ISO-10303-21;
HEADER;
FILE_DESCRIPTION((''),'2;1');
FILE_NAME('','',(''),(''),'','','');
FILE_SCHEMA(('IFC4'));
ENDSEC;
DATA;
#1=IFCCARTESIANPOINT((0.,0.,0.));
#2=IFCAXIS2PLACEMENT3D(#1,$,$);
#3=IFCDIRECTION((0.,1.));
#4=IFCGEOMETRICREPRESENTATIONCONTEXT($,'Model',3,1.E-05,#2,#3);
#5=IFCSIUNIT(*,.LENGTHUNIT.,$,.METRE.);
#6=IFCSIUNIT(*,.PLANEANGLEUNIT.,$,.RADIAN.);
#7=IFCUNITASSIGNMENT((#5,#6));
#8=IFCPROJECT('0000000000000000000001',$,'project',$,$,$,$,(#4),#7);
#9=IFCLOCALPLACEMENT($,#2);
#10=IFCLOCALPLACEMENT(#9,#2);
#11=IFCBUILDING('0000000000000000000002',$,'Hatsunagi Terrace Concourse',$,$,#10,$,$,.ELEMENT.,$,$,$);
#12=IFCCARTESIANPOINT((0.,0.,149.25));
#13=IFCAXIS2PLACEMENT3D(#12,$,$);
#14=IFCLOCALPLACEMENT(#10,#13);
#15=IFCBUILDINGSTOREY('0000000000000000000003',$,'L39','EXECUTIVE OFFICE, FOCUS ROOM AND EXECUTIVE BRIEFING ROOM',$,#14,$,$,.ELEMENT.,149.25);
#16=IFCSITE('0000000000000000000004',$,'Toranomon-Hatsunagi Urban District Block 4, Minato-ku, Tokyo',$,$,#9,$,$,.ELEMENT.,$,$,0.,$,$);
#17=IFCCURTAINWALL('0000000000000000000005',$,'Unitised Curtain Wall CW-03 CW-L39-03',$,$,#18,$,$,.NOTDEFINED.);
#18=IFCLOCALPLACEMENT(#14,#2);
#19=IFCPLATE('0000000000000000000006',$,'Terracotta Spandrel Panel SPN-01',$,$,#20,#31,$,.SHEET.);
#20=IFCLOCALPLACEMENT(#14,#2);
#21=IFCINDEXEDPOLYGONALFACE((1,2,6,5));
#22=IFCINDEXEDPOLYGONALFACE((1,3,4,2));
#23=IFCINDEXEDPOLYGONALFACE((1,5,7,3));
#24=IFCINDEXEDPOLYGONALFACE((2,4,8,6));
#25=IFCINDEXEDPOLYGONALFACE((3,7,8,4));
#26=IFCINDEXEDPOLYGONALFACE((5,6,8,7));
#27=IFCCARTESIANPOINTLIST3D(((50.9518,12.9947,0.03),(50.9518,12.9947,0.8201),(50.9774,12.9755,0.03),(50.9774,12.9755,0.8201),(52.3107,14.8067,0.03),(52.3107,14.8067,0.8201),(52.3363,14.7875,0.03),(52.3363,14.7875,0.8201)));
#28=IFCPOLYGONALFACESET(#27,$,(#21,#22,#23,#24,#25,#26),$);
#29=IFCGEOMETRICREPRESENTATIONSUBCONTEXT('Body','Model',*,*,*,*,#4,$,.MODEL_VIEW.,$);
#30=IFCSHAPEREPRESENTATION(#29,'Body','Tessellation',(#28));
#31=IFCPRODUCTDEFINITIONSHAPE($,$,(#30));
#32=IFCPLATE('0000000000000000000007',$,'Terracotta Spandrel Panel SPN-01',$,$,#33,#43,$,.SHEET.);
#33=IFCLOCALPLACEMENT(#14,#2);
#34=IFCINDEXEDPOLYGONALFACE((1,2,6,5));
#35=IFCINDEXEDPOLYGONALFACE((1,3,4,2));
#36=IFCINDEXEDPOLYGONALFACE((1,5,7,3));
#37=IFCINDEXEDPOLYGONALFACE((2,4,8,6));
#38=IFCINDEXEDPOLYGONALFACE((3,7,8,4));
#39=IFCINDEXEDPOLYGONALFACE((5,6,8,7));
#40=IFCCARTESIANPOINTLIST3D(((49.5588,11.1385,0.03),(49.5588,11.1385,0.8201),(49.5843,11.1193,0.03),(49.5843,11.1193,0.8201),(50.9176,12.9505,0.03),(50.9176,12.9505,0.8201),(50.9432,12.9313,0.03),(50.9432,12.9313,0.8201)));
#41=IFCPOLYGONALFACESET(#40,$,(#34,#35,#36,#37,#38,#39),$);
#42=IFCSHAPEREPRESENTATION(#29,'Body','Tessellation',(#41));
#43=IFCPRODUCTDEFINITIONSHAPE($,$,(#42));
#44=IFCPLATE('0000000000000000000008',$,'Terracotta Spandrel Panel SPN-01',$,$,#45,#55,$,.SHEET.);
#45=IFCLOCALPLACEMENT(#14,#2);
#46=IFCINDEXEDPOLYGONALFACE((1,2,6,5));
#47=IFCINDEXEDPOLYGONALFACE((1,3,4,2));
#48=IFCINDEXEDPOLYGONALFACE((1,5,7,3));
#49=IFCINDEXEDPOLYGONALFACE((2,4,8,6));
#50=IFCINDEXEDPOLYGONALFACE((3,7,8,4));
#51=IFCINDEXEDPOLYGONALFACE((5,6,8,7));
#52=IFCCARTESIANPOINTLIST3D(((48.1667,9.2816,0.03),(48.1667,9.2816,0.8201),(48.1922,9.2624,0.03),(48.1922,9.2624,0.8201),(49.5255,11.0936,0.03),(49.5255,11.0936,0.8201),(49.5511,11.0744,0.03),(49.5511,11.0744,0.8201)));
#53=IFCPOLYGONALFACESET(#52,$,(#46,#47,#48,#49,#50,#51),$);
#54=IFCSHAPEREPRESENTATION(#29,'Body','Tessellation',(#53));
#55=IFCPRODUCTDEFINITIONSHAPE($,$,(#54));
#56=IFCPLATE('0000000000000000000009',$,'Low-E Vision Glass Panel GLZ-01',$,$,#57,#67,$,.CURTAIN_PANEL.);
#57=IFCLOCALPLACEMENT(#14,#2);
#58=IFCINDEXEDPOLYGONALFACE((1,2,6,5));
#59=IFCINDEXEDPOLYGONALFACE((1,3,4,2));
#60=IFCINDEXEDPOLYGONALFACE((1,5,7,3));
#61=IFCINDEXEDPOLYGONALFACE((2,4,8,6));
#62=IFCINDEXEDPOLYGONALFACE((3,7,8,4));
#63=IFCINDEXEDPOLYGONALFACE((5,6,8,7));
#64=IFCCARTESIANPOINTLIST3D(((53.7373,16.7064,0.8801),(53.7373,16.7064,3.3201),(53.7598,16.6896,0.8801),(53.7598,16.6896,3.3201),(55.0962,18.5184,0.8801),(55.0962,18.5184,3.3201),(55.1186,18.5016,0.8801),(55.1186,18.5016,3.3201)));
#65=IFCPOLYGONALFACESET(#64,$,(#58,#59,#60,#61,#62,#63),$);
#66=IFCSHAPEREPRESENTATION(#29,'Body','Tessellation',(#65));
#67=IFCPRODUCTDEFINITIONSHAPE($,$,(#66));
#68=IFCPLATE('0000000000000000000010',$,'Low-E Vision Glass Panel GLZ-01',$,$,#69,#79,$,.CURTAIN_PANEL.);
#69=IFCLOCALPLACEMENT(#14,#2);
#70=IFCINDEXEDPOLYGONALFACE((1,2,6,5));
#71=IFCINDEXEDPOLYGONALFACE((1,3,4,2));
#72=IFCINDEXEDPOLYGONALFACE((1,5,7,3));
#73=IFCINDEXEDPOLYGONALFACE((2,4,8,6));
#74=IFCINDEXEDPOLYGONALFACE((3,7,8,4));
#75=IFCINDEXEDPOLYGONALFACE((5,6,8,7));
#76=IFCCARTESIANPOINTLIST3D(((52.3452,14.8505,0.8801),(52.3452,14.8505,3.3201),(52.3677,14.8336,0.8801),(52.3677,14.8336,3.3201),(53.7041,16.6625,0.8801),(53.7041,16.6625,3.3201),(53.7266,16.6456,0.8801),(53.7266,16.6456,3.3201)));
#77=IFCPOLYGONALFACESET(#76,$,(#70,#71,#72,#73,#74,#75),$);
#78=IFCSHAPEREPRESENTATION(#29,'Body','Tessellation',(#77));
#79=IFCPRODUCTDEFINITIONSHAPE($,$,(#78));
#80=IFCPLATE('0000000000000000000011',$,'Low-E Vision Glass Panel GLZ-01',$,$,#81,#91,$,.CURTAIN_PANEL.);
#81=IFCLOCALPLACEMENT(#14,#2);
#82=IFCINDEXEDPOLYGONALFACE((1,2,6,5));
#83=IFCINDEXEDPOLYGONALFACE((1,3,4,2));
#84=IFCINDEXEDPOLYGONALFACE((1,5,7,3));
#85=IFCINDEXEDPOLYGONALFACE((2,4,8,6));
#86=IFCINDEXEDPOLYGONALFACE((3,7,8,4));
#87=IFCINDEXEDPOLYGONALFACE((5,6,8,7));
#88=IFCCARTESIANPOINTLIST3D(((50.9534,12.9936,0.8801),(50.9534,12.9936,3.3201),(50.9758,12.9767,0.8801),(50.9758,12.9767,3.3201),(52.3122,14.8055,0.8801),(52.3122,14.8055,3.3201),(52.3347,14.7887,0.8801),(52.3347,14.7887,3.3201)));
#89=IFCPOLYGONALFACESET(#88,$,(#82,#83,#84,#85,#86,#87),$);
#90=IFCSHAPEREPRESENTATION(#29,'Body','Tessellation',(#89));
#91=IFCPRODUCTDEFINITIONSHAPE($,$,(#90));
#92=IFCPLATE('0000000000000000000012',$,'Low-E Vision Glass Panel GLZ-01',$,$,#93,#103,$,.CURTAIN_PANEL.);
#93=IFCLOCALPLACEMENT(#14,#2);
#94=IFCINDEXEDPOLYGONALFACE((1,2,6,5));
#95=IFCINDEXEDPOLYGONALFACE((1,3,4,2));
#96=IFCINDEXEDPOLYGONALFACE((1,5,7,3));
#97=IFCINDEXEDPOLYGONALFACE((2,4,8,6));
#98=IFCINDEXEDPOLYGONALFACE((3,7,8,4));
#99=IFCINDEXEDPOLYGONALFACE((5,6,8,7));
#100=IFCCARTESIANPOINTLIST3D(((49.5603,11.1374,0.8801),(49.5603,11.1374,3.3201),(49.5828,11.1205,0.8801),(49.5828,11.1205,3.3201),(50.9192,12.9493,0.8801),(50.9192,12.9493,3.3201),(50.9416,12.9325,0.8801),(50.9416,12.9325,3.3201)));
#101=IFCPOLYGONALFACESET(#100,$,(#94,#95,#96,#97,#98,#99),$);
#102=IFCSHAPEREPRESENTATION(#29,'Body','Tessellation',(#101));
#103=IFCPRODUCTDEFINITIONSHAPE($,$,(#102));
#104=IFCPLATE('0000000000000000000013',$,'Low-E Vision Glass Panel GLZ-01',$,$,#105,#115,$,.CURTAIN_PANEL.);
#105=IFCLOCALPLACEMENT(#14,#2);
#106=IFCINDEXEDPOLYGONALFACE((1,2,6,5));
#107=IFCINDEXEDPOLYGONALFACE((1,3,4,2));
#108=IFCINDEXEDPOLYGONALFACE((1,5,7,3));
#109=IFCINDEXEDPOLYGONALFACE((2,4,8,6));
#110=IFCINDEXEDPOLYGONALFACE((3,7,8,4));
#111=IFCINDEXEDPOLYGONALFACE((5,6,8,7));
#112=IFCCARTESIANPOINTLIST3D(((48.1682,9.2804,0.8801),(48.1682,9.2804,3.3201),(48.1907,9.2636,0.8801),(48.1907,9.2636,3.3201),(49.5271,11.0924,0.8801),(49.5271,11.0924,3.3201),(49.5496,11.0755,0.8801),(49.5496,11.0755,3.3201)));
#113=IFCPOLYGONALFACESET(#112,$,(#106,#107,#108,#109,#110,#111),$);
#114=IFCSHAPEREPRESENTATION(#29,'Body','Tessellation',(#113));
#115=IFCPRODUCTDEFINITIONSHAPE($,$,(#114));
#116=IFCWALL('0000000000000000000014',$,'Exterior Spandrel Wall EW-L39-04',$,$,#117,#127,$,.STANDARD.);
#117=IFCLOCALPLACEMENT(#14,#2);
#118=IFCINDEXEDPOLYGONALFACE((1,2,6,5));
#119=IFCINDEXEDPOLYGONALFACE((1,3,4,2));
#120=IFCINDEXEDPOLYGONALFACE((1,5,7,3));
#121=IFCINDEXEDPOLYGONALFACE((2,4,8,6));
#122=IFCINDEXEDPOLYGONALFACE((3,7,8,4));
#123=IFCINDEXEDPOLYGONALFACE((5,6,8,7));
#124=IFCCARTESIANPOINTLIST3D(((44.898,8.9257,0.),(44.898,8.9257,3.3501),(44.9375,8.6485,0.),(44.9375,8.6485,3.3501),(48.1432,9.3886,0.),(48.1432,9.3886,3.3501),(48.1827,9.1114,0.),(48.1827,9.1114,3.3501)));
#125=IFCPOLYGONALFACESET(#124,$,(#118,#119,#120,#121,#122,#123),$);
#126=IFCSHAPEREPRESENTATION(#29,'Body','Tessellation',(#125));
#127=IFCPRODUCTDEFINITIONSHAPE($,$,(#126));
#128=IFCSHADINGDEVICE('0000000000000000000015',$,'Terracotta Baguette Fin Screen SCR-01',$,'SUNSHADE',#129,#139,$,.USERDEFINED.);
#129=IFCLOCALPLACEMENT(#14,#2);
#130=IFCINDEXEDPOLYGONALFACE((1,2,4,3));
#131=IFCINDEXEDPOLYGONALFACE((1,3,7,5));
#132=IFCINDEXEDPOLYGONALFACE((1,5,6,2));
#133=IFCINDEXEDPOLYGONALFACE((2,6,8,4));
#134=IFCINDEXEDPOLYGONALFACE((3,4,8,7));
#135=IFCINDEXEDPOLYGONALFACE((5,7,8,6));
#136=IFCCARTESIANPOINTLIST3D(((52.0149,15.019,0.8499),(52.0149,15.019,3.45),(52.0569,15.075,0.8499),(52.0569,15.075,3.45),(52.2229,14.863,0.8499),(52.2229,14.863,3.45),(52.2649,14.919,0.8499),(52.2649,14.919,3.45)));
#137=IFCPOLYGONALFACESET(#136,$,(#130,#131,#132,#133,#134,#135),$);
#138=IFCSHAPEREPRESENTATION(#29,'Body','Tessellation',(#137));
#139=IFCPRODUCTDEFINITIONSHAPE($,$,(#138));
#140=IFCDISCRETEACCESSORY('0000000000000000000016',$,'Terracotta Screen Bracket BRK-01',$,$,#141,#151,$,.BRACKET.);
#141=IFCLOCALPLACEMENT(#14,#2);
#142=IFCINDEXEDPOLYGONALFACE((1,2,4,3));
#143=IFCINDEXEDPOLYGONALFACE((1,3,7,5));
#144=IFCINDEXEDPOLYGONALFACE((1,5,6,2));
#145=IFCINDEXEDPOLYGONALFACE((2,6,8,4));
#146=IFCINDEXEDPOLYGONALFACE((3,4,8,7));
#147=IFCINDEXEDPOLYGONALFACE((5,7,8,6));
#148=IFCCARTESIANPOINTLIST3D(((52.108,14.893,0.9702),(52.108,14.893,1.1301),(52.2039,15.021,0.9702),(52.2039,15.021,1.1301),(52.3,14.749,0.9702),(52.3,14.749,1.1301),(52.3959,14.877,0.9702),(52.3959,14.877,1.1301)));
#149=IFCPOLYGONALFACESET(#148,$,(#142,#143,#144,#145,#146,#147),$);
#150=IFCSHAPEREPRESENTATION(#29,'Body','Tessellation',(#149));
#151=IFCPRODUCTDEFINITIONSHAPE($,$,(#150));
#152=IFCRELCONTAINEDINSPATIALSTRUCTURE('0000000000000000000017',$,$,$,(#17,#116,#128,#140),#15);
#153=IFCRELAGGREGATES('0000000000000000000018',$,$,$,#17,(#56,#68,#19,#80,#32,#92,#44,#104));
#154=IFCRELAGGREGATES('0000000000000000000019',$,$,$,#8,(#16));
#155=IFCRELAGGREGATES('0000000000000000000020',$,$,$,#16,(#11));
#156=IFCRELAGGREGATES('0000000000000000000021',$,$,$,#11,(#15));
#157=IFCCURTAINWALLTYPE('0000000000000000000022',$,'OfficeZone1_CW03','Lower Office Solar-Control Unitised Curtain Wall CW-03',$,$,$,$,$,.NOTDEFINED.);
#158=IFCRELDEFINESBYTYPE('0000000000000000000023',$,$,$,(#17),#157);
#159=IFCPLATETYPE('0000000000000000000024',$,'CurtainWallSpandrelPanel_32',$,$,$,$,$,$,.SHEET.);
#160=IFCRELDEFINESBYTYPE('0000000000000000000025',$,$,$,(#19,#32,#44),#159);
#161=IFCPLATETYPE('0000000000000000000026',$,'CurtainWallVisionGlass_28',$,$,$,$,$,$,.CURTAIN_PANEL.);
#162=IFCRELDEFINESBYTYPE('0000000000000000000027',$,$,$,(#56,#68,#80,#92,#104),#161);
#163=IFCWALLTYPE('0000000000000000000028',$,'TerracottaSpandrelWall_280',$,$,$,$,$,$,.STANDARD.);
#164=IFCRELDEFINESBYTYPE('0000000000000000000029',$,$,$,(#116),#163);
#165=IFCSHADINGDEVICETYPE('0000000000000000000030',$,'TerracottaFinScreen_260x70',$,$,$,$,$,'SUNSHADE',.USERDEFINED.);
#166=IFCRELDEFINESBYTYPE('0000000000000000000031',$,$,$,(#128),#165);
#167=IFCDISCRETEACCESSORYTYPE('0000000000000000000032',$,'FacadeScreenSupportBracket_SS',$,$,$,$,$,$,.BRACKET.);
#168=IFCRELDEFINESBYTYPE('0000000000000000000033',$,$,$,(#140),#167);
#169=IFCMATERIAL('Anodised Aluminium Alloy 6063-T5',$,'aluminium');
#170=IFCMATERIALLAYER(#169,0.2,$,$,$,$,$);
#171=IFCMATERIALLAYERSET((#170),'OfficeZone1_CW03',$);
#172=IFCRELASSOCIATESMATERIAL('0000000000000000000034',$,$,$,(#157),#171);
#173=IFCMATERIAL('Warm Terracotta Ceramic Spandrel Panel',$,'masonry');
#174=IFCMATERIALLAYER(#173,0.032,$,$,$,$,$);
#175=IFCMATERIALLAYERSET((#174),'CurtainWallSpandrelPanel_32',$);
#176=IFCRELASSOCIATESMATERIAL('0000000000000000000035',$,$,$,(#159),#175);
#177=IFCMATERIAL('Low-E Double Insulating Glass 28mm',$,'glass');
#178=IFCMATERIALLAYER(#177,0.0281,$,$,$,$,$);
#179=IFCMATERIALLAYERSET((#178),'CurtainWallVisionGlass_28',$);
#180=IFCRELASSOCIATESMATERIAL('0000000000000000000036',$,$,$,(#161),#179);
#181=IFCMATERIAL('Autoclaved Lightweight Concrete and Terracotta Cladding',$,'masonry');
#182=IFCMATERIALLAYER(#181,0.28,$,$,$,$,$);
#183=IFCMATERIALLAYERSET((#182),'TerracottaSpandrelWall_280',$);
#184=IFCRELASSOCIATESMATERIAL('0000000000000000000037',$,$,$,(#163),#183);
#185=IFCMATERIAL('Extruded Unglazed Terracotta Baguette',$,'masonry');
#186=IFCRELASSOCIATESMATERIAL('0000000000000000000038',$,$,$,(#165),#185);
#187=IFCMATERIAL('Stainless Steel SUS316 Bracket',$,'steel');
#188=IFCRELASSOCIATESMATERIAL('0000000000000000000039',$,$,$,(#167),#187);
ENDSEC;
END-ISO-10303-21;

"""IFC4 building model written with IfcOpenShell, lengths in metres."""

from ifc_helpers import new_model, si_unit, direction, frame, frame_2d, origin, origin_2d, place, context, subcontext, project, spatial, rectangle, extrude, material, layer, layer_set, type_object, element, aggregate, save


model = new_model("IFC4")

# Units and contexts
model_context = context("Model", 3, precision=1e-05, world=origin(), true_north=direction((0.0, 1.0)))
body_context = subcontext(model_context, "Body", "Model", "MODEL_VIEW")
ifc_project = project(units=[si_unit("LENGTHUNIT", "METRE"), si_unit("PLANEANGLEUNIT", "RADIAN")], contexts=[model_context])

# Site, building, storey
site_placement = place(None, origin())
site = spatial("IfcSite", under=ifc_project, at=site_placement, Name="Toranomon-Hatsunagi Urban District Block 4, Minato-ku, Tokyo", CompositionType="ELEMENT", RefElevation=0.0)
building_placement = place(site_placement, origin())
building = spatial("IfcBuilding", under=site, at=building_placement, Name="Hatsunagi Terrace Concourse", CompositionType="ELEMENT")
storey_placement = place(building_placement, frame((0.0, 0.0, 149.25)))
storey = spatial("IfcBuildingStorey", under=building, at=storey_placement, Name="L39", Description="EXECUTIVE OFFICE, FOCUS ROOM AND EXECUTIVE BRIEFING ROOM", CompositionType="ELEMENT", Elevation=149.25)

# Curtain wall
ifc_material_1 = material(Name="Anodised Aluminium Alloy 6063-T5", Category="aluminium")
ifc_layer_1 = layer(ifc_material_1, 0.2)
ifc_layer_set_1 = layer_set([ifc_layer_1], Name="OfficeZone1_CW03")
curtain_wall_type = type_object("IfcCurtainWallType", Name="OfficeZone1_CW03", Description="Lower Office Solar-Control Unitised Curtain Wall CW-03", PredefinedType="NOTDEFINED", material=ifc_layer_set_1)
curtain_wall_placement = place(storey_placement, origin())
curtain_wall = element("IfcCurtainWall", 1, at=curtain_wall_placement, inside=storey, type_object=curtain_wall_type, Name="Unitised Curtain Wall CW-03 CW-L39-03", PredefinedType="NOTDEFINED")

# Plates
ifc_material_2 = material(Name="Warm Terracotta Ceramic Spandrel Panel", Category="masonry")
ifc_layer_2 = layer(ifc_material_2, 0.032)
ifc_layer_set_2 = layer_set([ifc_layer_2], Name="CurtainWallSpandrelPanel_32")
plate_type_1 = type_object("IfcPlateType", Name="CurtainWallSpandrelPanel_32", PredefinedType="SHEET", material=ifc_layer_set_2)
plate_1_placement = place(storey_placement, frame((51.644, 13.8911, 0.03), z_axis=(0.0, 0.0, 1.0), x_axis=(-0.599969, -0.800023, 0.0)))
plate_1 = element("IfcPlate", 2, at=plate_1_placement, type_object=plate_type_1, Name="Terracotta Spandrel Panel SPN-01", PredefinedType="SHEET", context=body_context, shape_type="SweptSolid", body=[
    extrude(rectangle(XDim=2.2649, YDim=0.032, at=origin_2d()), origin(), (0.0, 0.0, 1.0), 0.79),
])
plate_2_placement = place(storey_placement, frame((50.251, 12.0349, 0.03), z_axis=(0.0, 0.0, 1.0), x_axis=(-0.599969, -0.800023, 0.0)))
plate_2 = element("IfcPlate", 3, at=plate_2_placement, type_object=plate_type_1, Name="Terracotta Spandrel Panel SPN-01", PredefinedType="SHEET", context=body_context, shape_type="SweptSolid", body=[
    extrude(rectangle(XDim=2.2649, YDim=0.032, at=origin_2d()), origin(), (0.0, 0.0, 1.0), 0.79),
])
plate_3_placement = place(storey_placement, frame((48.8589, 10.178, 0.03), z_axis=(0.0, 0.0, 1.0), x_axis=(-0.599969, -0.800023, 0.0)))
plate_3 = element("IfcPlate", 4, at=plate_3_placement, type_object=plate_type_1, Name="Terracotta Spandrel Panel SPN-01", PredefinedType="SHEET", context=body_context, shape_type="SweptSolid", body=[
    extrude(rectangle(XDim=2.2649, YDim=0.032, at=origin_2d()), origin(), (0.0, 0.0, 1.0), 0.79),
])
ifc_material_3 = material(Name="Low-E Double Insulating Glass 28mm", Category="glass")
ifc_layer_3 = layer(ifc_material_3, 0.0281)
ifc_layer_set_3 = layer_set([ifc_layer_3], Name="CurtainWallVisionGlass_28")
plate_type_2 = type_object("IfcPlateType", Name="CurtainWallVisionGlass_28", PredefinedType="CURTAIN_PANEL", material=ifc_layer_set_3)
plate_4_placement = place(storey_placement, frame((54.428, 17.604, 0.8801), z_axis=(0.0, 0.0, 1.0), x_axis=(-0.599969, -0.800023, 0.0)))
plate_4 = element("IfcPlate", 5, at=plate_4_placement, type_object=plate_type_2, Name="Low-E Vision Glass Panel GLZ-01", PredefinedType="CURTAIN_PANEL", context=body_context, shape_type="SweptSolid", body=[
    extrude(rectangle(XDim=2.2649, YDim=0.0281, at=origin_2d()), origin(), (0.0, 0.0, 1.0), 2.4399),
])
plate_5_placement = place(storey_placement, frame((53.0359, 15.748, 0.8801), z_axis=(0.0, 0.0, 1.0), x_axis=(-0.599969, -0.800023, 0.0)))
plate_5 = element("IfcPlate", 6, at=plate_5_placement, type_object=plate_type_2, Name="Low-E Vision Glass Panel GLZ-01", PredefinedType="CURTAIN_PANEL", context=body_context, shape_type="SweptSolid", body=[
    extrude(rectangle(XDim=2.2649, YDim=0.0281, at=origin_2d()), origin(), (0.0, 0.0, 1.0), 2.4399),
])
plate_6_placement = place(storey_placement, frame((51.644, 13.8911, 0.8801), z_axis=(0.0, 0.0, 1.0), x_axis=(-0.599969, -0.800023, 0.0)))
plate_6 = element("IfcPlate", 7, at=plate_6_placement, type_object=plate_type_2, Name="Low-E Vision Glass Panel GLZ-01", PredefinedType="CURTAIN_PANEL", context=body_context, shape_type="SweptSolid", body=[
    extrude(rectangle(XDim=2.2649, YDim=0.0281, at=origin_2d()), origin(), (0.0, 0.0, 1.0), 2.4399),
])
plate_7_placement = place(storey_placement, frame((50.251, 12.0349, 0.8801), z_axis=(0.0, 0.0, 1.0), x_axis=(-0.599969, -0.800023, 0.0)))
plate_7 = element("IfcPlate", 8, at=plate_7_placement, type_object=plate_type_2, Name="Low-E Vision Glass Panel GLZ-01", PredefinedType="CURTAIN_PANEL", context=body_context, shape_type="SweptSolid", body=[
    extrude(rectangle(XDim=2.2649, YDim=0.0281, at=origin_2d()), origin(), (0.0, 0.0, 1.0), 2.4399),
])
plate_8_placement = place(storey_placement, frame((48.8589, 10.178, 0.8801), z_axis=(0.0, 0.0, 1.0), x_axis=(-0.599969, -0.800023, 0.0)))
plate_8 = element("IfcPlate", 9, at=plate_8_placement, type_object=plate_type_2, Name="Low-E Vision Glass Panel GLZ-01", PredefinedType="CURTAIN_PANEL", context=body_context, shape_type="SweptSolid", body=[
    extrude(rectangle(XDim=2.2649, YDim=0.0281, at=origin_2d()), origin(), (0.0, 0.0, 1.0), 2.4399),
])
aggregate(curtain_wall, [plate_4, plate_5, plate_1, plate_6, plate_2, plate_7, plate_3, plate_8])

# Wall
ifc_material_4 = material(Name="Autoclaved Lightweight Concrete and Terracotta Cladding", Category="masonry")
ifc_layer_4 = layer(ifc_material_4, 0.28)
ifc_layer_set_4 = layer_set([ifc_layer_4], Name="TerracottaSpandrelWall_280")
wall_type = type_object("IfcWallType", Name="TerracottaSpandrelWall_280", PredefinedType="STANDARD", material=ifc_layer_set_4)
wall_placement = place(storey_placement, frame((48.1631, 9.25, 0.0), z_axis=(0.0, 0.0, 1.0), x_axis=(-0.989979, -0.141213, 0.0)))
element("IfcWall", 10, at=wall_placement, inside=storey, type_object=wall_type, Name="Exterior Spandrel Wall EW-L39-04", PredefinedType="STANDARD", context=body_context, shape_type="SweptSolid", body=[
    extrude(rectangle(XDim=3.2781, YDim=0.28, at=frame_2d((1.6392, 0.0))), origin(), (0.0, 0.0, 1.0), 3.3501),
])

# Shading device
ifc_material_5 = material(Name="Extruded Unglazed Terracotta Baguette", Category="masonry")
shading_device_type = type_object("IfcShadingDeviceType", Name="TerracottaFinScreen_260x70", ElementType="SUNSHADE", PredefinedType="USERDEFINED", material=ifc_material_5)
shading_device_placement = place(storey_placement, frame((52.1399, 14.969, 0.8499), z_axis=(0.0, 0.0, 1.0), x_axis=(-0.599969, -0.800023, 0.0)))
element("IfcShadingDevice", 11, at=shading_device_placement, inside=storey, type_object=shading_device_type, Name="Terracotta Baguette Fin Screen SCR-01", ObjectType="SUNSHADE", PredefinedType="USERDEFINED", context=body_context, shape_type="SweptSolid", body=[
    extrude(rectangle(XDim=0.0701, YDim=0.26, at=origin_2d()), origin(), (0.0, 0.0, 1.0), 2.6001),
])

# Discrete accessory
ifc_material_6 = material(Name="Stainless Steel SUS316 Bracket", Category="steel")
discrete_accessory_type = type_object("IfcDiscreteAccessoryType", Name="FacadeScreenSupportBracket_SS", PredefinedType="BRACKET", material=ifc_material_6)
discrete_accessory_placement = place(storey_placement, frame((52.252, 14.885, 0.9702), z_axis=(0.0, 0.0, 1.0), x_axis=(-0.599969, -0.800023, 0.0)))
element("IfcDiscreteAccessory", 12, at=discrete_accessory_placement, inside=storey, type_object=discrete_accessory_type, Name="Terracotta Screen Bracket BRK-01", PredefinedType="BRACKET", context=body_context, shape_type="SweptSolid", body=[
    extrude(rectangle(XDim=0.1599, YDim=0.24, at=origin_2d()), origin(), (0.0, 0.0, 1.0), 0.1599),
])

save(model, "model.ifc")
